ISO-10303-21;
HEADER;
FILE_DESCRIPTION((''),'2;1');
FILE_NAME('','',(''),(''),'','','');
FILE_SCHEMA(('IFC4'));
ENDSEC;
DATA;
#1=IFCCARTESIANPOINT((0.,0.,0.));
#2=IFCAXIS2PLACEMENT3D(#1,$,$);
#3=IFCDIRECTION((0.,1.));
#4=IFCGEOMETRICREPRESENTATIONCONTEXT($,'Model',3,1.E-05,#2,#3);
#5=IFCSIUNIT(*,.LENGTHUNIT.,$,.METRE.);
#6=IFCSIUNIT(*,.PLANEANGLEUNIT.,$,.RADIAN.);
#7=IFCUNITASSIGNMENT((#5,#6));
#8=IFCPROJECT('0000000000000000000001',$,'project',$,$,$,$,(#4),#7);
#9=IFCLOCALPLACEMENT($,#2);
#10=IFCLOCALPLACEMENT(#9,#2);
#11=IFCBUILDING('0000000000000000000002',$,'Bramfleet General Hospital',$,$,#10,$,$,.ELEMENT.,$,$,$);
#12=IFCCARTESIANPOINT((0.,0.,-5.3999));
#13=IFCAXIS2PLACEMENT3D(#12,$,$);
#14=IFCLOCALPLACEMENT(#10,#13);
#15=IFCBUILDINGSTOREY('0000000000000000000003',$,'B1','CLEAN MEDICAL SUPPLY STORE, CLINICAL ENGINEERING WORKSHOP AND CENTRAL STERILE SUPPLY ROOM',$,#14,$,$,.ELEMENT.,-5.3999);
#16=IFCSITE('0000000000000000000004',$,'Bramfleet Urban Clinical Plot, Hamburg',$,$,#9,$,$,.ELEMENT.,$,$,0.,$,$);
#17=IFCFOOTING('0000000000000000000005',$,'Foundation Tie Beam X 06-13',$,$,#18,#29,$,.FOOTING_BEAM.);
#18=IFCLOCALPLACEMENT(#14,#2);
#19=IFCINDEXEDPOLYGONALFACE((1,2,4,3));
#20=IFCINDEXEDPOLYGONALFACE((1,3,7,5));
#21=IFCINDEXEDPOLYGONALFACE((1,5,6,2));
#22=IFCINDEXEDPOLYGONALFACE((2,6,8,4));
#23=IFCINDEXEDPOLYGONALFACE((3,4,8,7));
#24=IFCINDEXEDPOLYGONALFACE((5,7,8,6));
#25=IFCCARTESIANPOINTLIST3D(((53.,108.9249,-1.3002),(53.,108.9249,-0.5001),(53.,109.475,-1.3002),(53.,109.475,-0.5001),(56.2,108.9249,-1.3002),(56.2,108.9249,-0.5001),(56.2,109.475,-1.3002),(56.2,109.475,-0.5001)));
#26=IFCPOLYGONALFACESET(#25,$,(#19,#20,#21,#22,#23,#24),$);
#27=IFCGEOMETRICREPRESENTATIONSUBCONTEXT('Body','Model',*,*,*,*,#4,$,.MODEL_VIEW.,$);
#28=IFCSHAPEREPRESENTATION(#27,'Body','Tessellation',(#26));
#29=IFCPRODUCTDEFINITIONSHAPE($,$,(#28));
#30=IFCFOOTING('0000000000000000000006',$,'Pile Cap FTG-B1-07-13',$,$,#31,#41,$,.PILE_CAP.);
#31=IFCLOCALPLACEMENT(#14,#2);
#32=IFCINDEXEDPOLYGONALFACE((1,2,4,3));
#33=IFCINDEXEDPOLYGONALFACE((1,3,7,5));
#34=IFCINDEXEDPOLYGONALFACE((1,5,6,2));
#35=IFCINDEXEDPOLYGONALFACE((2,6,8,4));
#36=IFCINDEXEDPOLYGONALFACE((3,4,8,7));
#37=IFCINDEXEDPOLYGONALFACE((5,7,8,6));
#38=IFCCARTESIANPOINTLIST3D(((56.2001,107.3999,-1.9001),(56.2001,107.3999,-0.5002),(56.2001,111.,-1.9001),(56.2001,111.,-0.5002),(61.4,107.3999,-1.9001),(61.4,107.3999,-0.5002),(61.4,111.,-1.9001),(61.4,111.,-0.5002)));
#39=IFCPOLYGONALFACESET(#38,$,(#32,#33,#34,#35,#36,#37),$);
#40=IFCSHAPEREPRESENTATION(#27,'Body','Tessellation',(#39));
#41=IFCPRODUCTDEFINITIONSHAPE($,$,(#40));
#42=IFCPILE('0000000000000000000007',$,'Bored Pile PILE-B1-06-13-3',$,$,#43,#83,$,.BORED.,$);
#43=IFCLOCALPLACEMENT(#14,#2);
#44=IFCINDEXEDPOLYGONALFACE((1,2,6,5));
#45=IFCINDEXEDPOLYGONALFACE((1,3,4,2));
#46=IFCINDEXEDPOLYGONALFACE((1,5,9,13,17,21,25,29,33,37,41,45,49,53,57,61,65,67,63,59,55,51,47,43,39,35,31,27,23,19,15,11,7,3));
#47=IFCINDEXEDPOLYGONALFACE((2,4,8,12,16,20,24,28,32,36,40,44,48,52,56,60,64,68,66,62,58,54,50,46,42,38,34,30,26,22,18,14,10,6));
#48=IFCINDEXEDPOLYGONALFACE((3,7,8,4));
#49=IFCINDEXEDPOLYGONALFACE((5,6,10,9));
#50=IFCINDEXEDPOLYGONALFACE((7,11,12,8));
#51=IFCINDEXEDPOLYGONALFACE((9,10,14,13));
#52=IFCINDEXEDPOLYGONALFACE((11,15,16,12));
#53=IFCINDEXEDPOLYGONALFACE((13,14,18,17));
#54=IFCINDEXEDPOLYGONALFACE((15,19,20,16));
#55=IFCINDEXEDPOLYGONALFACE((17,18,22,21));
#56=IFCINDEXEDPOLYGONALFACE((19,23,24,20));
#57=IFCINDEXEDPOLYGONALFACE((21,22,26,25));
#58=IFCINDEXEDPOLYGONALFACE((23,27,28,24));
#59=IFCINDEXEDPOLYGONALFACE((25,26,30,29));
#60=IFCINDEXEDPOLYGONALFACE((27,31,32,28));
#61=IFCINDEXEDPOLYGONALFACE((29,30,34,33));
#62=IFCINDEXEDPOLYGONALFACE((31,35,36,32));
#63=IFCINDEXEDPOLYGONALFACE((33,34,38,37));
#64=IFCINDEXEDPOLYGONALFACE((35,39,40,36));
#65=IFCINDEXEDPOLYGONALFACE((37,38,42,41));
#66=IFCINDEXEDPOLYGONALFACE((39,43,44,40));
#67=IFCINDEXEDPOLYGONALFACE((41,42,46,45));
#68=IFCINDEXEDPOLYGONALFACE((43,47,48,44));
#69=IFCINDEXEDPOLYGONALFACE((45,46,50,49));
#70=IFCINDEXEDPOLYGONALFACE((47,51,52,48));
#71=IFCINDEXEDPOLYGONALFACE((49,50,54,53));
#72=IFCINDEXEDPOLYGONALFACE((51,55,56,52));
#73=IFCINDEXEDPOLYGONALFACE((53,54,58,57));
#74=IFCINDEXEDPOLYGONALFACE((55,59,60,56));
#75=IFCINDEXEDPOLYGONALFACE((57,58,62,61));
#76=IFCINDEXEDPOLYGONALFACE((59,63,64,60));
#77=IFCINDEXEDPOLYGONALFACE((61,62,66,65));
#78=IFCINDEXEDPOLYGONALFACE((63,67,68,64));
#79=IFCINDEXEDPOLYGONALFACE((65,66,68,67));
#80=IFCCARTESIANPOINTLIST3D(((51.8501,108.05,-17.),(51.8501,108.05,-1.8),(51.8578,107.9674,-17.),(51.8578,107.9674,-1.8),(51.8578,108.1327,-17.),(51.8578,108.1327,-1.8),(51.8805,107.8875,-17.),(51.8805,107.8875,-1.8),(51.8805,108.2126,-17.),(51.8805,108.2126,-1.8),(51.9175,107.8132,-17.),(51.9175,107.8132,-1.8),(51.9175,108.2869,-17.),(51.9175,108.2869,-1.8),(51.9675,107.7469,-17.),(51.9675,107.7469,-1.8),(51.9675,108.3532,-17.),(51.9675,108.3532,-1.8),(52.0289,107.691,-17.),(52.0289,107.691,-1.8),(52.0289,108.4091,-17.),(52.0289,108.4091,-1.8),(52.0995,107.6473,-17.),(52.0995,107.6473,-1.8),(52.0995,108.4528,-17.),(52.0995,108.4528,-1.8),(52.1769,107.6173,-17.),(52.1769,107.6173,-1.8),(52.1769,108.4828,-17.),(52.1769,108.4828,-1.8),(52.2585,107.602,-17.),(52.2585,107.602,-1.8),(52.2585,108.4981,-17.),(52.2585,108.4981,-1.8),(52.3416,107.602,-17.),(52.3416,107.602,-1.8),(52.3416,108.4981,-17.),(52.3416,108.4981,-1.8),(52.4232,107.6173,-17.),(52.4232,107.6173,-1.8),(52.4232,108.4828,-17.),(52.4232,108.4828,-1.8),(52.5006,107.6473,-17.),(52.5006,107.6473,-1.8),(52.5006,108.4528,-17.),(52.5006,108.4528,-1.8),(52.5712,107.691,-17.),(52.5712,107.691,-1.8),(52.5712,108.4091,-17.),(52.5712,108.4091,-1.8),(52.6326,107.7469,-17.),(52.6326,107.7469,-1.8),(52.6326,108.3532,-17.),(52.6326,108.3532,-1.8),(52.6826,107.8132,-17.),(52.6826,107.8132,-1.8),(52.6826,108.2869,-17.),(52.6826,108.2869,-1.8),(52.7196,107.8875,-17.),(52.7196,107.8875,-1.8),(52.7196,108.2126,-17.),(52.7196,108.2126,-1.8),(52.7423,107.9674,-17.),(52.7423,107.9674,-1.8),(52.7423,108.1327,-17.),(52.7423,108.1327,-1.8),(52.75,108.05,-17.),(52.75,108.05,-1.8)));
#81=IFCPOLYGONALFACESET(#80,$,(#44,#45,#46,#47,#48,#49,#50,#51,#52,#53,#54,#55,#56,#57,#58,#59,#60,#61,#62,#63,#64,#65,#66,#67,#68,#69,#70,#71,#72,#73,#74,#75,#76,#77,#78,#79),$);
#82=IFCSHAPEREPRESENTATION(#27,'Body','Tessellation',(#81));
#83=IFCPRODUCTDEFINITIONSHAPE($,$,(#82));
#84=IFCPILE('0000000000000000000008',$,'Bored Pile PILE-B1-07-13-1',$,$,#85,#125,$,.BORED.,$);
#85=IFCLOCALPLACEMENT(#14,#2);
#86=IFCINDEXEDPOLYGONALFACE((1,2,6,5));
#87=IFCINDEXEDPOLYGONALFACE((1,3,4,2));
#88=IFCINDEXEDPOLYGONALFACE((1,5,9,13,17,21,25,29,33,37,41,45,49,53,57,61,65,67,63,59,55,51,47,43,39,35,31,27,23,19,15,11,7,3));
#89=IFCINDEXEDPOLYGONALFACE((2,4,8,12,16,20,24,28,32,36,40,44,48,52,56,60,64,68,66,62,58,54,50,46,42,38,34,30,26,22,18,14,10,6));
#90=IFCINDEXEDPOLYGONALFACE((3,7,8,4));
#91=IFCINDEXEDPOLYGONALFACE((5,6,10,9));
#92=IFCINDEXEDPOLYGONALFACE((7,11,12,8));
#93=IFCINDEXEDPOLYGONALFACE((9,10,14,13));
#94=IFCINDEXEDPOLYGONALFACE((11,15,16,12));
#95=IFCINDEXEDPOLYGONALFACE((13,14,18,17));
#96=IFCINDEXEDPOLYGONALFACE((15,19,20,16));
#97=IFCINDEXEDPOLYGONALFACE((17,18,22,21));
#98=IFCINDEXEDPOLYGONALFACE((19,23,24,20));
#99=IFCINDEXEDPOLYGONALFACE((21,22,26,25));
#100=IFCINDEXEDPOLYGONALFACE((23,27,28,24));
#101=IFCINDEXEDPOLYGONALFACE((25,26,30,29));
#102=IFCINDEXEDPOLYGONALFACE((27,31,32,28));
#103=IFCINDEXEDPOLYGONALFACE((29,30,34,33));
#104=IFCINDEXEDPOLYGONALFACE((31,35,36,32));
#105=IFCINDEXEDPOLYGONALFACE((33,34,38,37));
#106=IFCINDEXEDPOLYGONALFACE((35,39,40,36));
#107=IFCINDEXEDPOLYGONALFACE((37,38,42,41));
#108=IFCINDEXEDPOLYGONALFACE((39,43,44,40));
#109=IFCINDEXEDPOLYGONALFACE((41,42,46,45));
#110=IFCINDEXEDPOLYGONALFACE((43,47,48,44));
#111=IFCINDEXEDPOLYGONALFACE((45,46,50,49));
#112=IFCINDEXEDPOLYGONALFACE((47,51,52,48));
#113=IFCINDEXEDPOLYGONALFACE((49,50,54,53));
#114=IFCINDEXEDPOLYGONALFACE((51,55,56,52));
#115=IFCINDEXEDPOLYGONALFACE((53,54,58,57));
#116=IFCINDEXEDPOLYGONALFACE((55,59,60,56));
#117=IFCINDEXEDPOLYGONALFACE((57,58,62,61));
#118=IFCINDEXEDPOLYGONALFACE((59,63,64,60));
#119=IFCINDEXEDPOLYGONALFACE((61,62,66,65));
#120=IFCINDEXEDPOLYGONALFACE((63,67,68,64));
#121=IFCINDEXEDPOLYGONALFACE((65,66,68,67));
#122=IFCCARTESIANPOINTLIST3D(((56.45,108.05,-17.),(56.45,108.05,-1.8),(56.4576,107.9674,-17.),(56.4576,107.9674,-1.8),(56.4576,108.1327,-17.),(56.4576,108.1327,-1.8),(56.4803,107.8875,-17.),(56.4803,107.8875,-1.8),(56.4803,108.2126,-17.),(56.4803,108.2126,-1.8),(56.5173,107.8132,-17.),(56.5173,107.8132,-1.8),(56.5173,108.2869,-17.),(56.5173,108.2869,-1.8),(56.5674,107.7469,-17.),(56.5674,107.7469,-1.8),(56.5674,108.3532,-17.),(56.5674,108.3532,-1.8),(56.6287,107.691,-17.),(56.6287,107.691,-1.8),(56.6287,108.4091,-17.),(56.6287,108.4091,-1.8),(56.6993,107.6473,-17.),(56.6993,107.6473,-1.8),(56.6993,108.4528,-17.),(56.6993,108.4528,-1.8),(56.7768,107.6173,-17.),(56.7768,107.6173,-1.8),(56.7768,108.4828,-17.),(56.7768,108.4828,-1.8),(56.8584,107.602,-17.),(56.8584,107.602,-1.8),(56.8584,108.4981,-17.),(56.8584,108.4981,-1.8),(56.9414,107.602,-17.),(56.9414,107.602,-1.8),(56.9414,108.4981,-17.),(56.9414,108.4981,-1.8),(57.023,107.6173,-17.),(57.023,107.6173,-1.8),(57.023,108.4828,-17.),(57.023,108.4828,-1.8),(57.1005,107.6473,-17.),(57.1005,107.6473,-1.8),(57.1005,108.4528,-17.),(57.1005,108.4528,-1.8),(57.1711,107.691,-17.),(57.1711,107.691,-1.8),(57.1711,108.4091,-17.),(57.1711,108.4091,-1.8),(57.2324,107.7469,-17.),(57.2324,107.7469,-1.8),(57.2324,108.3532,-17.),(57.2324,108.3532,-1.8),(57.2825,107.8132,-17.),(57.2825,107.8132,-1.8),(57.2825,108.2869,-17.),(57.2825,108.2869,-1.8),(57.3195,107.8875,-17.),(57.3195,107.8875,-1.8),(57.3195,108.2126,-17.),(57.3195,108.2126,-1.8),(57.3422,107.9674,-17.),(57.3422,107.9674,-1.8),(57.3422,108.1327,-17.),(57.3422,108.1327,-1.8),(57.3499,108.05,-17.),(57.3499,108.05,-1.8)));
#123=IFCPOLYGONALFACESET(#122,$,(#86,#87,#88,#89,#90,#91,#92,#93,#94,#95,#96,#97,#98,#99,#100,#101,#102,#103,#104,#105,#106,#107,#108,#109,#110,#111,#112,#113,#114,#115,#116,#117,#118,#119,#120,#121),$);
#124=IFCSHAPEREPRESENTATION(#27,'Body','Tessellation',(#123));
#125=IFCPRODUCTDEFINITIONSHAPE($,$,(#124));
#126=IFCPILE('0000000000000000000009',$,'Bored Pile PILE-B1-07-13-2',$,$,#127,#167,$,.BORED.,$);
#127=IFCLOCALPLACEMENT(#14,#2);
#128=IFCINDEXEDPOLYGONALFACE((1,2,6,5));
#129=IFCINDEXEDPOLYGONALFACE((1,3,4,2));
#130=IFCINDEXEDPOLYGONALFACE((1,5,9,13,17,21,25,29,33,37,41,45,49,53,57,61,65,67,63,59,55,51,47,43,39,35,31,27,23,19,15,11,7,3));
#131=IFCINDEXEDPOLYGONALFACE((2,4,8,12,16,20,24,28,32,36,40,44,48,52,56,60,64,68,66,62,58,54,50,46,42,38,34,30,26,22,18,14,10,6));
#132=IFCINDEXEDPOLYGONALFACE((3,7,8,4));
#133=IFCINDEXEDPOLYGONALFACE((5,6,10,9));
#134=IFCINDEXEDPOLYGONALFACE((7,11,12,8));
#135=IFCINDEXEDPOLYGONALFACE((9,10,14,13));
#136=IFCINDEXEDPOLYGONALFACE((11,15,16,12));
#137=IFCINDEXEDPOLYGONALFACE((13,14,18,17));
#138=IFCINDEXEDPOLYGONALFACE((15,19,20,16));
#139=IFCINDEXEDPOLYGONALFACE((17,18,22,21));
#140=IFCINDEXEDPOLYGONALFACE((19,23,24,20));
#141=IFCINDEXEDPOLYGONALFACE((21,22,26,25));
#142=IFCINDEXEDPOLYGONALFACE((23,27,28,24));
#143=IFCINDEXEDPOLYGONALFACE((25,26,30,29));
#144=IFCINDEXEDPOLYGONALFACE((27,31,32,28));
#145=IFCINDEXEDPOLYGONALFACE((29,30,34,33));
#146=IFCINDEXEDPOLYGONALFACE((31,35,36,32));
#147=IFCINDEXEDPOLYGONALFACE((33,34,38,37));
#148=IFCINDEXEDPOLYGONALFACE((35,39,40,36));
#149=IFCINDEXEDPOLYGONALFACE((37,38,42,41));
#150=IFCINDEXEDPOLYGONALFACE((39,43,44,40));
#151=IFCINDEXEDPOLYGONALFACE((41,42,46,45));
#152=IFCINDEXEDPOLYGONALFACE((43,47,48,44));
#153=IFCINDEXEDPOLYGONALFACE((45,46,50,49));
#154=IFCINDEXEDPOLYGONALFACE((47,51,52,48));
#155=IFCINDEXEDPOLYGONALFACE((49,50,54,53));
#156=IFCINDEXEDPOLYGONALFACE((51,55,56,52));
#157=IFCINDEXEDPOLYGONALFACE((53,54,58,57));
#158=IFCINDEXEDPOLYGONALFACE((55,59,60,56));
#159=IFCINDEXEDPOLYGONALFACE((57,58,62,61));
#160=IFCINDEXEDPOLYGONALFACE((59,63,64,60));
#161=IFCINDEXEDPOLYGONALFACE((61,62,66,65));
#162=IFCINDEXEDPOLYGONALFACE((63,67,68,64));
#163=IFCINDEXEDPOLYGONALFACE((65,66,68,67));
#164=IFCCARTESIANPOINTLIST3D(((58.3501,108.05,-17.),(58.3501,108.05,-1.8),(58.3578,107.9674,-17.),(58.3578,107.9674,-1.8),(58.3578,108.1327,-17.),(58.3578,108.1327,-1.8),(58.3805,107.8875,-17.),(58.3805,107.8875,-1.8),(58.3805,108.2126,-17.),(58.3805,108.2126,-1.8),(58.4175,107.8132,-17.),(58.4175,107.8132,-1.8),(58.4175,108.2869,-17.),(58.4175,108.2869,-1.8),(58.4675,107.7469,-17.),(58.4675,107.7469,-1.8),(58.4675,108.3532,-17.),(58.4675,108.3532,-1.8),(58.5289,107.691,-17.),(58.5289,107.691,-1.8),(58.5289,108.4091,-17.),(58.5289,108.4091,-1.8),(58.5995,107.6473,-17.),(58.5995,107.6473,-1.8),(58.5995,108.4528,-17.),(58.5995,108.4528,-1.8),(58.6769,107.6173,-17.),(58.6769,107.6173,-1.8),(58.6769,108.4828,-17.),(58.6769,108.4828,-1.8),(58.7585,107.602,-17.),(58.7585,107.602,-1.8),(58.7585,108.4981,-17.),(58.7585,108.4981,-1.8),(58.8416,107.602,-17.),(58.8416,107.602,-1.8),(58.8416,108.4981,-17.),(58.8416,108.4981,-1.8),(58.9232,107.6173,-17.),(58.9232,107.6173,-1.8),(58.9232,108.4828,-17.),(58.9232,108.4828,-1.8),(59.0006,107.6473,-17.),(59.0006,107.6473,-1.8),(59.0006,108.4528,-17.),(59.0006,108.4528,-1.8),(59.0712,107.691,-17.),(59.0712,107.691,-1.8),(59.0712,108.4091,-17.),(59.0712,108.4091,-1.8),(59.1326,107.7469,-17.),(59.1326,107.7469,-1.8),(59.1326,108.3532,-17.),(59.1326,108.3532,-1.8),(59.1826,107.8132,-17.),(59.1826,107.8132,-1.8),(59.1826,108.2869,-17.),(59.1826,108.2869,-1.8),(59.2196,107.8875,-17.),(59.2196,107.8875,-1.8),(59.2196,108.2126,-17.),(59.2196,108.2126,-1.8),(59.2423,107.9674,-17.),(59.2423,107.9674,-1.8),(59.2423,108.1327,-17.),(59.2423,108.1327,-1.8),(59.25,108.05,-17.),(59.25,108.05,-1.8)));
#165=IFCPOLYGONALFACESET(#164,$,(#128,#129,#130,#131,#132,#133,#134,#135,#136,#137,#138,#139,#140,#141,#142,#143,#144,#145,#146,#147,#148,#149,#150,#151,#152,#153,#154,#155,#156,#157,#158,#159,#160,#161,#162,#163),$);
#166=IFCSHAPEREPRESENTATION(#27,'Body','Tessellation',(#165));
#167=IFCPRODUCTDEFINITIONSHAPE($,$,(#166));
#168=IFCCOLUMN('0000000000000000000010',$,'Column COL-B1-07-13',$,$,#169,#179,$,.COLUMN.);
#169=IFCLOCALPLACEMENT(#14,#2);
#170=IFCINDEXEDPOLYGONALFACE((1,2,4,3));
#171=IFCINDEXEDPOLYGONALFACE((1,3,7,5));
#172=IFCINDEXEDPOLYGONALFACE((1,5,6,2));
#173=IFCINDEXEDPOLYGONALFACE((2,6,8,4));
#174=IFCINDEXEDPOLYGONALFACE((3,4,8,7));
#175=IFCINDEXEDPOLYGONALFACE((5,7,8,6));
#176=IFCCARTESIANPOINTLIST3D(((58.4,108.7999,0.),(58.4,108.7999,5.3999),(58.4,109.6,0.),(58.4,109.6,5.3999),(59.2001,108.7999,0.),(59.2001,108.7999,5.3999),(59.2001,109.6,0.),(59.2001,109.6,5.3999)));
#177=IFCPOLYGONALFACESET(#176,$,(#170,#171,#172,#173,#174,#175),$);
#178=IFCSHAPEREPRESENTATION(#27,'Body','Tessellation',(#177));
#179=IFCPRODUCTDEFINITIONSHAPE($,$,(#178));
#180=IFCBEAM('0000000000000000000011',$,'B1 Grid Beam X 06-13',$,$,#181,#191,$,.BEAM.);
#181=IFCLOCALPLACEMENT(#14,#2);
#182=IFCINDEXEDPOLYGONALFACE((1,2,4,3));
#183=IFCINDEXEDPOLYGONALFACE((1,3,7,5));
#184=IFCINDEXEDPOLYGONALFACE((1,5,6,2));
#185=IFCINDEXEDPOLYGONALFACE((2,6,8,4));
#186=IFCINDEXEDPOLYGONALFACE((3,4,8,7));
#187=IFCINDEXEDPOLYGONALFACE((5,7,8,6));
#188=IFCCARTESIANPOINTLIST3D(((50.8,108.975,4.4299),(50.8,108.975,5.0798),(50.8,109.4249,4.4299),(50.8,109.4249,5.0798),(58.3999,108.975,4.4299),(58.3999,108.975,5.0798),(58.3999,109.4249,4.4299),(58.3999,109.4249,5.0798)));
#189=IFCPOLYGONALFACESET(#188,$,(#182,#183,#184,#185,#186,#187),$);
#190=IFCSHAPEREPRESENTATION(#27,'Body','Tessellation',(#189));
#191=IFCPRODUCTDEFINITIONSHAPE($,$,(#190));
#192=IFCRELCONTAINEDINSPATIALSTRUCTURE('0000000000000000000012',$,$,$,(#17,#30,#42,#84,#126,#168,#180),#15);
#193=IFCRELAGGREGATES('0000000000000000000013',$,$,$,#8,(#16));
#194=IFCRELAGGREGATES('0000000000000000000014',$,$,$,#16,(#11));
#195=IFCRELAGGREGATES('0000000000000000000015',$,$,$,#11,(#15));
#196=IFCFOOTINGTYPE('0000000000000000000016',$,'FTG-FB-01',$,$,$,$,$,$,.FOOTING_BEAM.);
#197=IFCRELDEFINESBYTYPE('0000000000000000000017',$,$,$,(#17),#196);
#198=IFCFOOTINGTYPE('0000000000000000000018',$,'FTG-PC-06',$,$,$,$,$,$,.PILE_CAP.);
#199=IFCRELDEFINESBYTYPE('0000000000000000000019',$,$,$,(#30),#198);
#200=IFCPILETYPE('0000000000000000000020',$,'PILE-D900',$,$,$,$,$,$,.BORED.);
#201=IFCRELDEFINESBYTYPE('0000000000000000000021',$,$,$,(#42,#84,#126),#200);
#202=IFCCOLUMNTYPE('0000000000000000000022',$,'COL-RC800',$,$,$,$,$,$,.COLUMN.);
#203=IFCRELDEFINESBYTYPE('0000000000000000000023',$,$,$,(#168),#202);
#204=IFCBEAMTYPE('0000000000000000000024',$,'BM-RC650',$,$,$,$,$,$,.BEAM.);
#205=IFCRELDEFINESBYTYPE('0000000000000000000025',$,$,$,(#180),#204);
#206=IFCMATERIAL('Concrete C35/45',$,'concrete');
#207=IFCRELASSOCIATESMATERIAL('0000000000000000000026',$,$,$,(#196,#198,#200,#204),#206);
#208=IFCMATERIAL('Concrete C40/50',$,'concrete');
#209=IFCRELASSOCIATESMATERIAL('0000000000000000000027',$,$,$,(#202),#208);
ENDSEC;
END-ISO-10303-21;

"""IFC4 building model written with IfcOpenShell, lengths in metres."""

from ifc_helpers import new_model, si_unit, direction, frame, origin, origin_2d, place, context, subcontext, project, spatial, rectangle, circle, extrude, material, material_profile, profile_set, type_object, element, save


model = new_model("IFC4")

# Units and contexts
model_context = context("Model", 3, precision=1e-05, world=origin(), true_north=direction((0.0, 1.0)))
body_context = subcontext(model_context, "Body", "Model", "MODEL_VIEW")
ifc_project = project(units=[si_unit("LENGTHUNIT", "METRE"), si_unit("PLANEANGLEUNIT", "RADIAN")], contexts=[model_context])

# Site, building, storey
site_placement = place(None, origin())
site = spatial("IfcSite", under=ifc_project, at=site_placement, Name="Bramfleet Urban Clinical Plot, Hamburg", CompositionType="ELEMENT", RefElevation=0.0)
building_placement = place(site_placement, origin())
building = spatial("IfcBuilding", under=site, at=building_placement, Name="Bramfleet General Hospital", CompositionType="ELEMENT")
storey_placement = place(building_placement, frame((0.0, 0.0, -5.3999)))
storey = spatial("IfcBuildingStorey", under=building, at=storey_placement, Name="B1", Description="CLEAN MEDICAL SUPPLY STORE, CLINICAL ENGINEERING WORKSHOP AND CENTRAL STERILE SUPPLY ROOM", CompositionType="ELEMENT", Elevation=-5.3999)

# Footings
ifc_material_1 = material(Name="Concrete C35/45", Category="concrete")
ifc_material_profile_1 = material_profile(ifc_material_1, rectangle(XDim=0.55, YDim=0.8, at=origin_2d()), Name="RC FB 800x550")
ifc_profile_set_1 = profile_set([ifc_material_profile_1], Name="Concrete C35/45")
footing_type_1 = type_object("IfcFootingType", Name="FTG-FB-01", PredefinedType="FOOTING_BEAM", material=ifc_profile_set_1)
footing_1_placement = place(storey_placement, frame((53.0, 109.2, -0.9001), z_axis=(1.0, 0.0, 0.0), x_axis=(0.0, 1.0, 0.0)))
element("IfcFooting", 1, at=footing_1_placement, inside=storey, type_object=footing_type_1, Name="Foundation Tie Beam X 06-13", PredefinedType="FOOTING_BEAM", context=body_context, shape_type="SweptSolid", body=[
    extrude(rectangle(XDim=0.55, YDim=0.8, at=origin_2d()), origin(), (0.0, 0.0, 1.0), 3.2),
])
footing_type_2 = type_object("IfcFootingType", Name="FTG-PC-06", PredefinedType="PILE_CAP", material=ifc_material_1)
footing_2_placement = place(storey_placement, frame((58.8, 109.2, -1.9001), z_axis=(0.0, 0.0, 1.0), x_axis=(1.0, 0.0, 0.0)))
element("IfcFooting", 2, at=footing_2_placement, inside=storey, type_object=footing_type_2, Name="Pile Cap FTG-B1-07-13", PredefinedType="PILE_CAP", context=body_context, shape_type="SweptSolid", body=[
    extrude(rectangle(XDim=5.2, YDim=3.6001, at=origin_2d()), origin(), (0.0, 0.0, 1.0), 1.3999),
])

# Piles
ifc_material_profile_2 = material_profile(ifc_material_1, circle(Radius=0.45, at=origin_2d()), Name="PILE BORED D900")
ifc_profile_set_2 = profile_set([ifc_material_profile_2], Name="Concrete C35/45")
pile_type = type_object("IfcPileType", Name="PILE-D900", PredefinedType="BORED", material=ifc_profile_set_2)
for number, where, z_axis, x_axis, name in (
    (3, (52.3, 108.05, -1.8), (0.0, 0.0, -1.0), (1.0, 0.0, 0.0), "Bored Pile PILE-B1-06-13-3"),
    (4, (56.8999, 108.05, -1.8), (0.0, 0.0, -1.0), (1.0, 0.0, 0.0), "Bored Pile PILE-B1-07-13-1"),
    (5, (58.8, 108.05, -1.8), (0.0, 0.0, -1.0), (1.0, 0.0, 0.0), "Bored Pile PILE-B1-07-13-2"),
):
    element("IfcPile", number, at=place(storey_placement, frame(where, z_axis=z_axis, x_axis=x_axis)), inside=storey, type_object=pile_type, Name=name, PredefinedType="BORED", context=body_context, shape_type="SweptSolid", body=[
        extrude(circle(Radius=0.45, at=origin_2d()), origin(), (0.0, 0.0, 1.0), 15.2),
    ])

# Column
ifc_material_2 = material(Name="Concrete C40/50", Category="concrete")
ifc_material_profile_3 = material_profile(ifc_material_2, rectangle(XDim=0.8, YDim=0.8, at=origin_2d()), Name="RC COL 800x800")
ifc_profile_set_3 = profile_set([ifc_material_profile_3], Name="Concrete C40/50")
column_type = type_object("IfcColumnType", Name="COL-RC800", PredefinedType="COLUMN", material=ifc_profile_set_3)
column_placement = place(storey_placement, frame((58.8, 109.2, 0.0), z_axis=(0.0, 0.0, 1.0), x_axis=(1.0, 0.0, 0.0)))
element("IfcColumn", 6, at=column_placement, inside=storey, type_object=column_type, Name="Column COL-B1-07-13", PredefinedType="COLUMN", context=body_context, shape_type="SweptSolid", body=[
    extrude(rectangle(XDim=0.8, YDim=0.8, at=origin_2d()), origin(), (0.0, 0.0, 1.0), 5.3999),
])

# Beam
ifc_material_profile_4 = material_profile(ifc_material_1, rectangle(XDim=0.45, YDim=0.6499, at=origin_2d()), Name="RC BM 650x450")
ifc_profile_set_4 = profile_set([ifc_material_profile_4], Name="Concrete C35/45")
beam_type = type_object("IfcBeamType", Name="BM-RC650", PredefinedType="BEAM", material=ifc_profile_set_4)
beam_1_placement = place(storey_placement, frame((50.8, 109.2, 4.7549), z_axis=(1.0, 0.0, 0.0), x_axis=(0.0, 1.0, 0.0)))
element("IfcBeam", 7, at=beam_1_placement, inside=storey, type_object=beam_type, Name="B1 Grid Beam X 06-13", PredefinedType="BEAM", context=body_context, shape_type="SweptSolid", body=[
    extrude(rectangle(XDim=0.45, YDim=0.6499, at=origin_2d()), origin(), (0.0, 0.0, 1.0), 7.5999),
])

save(model, "model.ifc")
